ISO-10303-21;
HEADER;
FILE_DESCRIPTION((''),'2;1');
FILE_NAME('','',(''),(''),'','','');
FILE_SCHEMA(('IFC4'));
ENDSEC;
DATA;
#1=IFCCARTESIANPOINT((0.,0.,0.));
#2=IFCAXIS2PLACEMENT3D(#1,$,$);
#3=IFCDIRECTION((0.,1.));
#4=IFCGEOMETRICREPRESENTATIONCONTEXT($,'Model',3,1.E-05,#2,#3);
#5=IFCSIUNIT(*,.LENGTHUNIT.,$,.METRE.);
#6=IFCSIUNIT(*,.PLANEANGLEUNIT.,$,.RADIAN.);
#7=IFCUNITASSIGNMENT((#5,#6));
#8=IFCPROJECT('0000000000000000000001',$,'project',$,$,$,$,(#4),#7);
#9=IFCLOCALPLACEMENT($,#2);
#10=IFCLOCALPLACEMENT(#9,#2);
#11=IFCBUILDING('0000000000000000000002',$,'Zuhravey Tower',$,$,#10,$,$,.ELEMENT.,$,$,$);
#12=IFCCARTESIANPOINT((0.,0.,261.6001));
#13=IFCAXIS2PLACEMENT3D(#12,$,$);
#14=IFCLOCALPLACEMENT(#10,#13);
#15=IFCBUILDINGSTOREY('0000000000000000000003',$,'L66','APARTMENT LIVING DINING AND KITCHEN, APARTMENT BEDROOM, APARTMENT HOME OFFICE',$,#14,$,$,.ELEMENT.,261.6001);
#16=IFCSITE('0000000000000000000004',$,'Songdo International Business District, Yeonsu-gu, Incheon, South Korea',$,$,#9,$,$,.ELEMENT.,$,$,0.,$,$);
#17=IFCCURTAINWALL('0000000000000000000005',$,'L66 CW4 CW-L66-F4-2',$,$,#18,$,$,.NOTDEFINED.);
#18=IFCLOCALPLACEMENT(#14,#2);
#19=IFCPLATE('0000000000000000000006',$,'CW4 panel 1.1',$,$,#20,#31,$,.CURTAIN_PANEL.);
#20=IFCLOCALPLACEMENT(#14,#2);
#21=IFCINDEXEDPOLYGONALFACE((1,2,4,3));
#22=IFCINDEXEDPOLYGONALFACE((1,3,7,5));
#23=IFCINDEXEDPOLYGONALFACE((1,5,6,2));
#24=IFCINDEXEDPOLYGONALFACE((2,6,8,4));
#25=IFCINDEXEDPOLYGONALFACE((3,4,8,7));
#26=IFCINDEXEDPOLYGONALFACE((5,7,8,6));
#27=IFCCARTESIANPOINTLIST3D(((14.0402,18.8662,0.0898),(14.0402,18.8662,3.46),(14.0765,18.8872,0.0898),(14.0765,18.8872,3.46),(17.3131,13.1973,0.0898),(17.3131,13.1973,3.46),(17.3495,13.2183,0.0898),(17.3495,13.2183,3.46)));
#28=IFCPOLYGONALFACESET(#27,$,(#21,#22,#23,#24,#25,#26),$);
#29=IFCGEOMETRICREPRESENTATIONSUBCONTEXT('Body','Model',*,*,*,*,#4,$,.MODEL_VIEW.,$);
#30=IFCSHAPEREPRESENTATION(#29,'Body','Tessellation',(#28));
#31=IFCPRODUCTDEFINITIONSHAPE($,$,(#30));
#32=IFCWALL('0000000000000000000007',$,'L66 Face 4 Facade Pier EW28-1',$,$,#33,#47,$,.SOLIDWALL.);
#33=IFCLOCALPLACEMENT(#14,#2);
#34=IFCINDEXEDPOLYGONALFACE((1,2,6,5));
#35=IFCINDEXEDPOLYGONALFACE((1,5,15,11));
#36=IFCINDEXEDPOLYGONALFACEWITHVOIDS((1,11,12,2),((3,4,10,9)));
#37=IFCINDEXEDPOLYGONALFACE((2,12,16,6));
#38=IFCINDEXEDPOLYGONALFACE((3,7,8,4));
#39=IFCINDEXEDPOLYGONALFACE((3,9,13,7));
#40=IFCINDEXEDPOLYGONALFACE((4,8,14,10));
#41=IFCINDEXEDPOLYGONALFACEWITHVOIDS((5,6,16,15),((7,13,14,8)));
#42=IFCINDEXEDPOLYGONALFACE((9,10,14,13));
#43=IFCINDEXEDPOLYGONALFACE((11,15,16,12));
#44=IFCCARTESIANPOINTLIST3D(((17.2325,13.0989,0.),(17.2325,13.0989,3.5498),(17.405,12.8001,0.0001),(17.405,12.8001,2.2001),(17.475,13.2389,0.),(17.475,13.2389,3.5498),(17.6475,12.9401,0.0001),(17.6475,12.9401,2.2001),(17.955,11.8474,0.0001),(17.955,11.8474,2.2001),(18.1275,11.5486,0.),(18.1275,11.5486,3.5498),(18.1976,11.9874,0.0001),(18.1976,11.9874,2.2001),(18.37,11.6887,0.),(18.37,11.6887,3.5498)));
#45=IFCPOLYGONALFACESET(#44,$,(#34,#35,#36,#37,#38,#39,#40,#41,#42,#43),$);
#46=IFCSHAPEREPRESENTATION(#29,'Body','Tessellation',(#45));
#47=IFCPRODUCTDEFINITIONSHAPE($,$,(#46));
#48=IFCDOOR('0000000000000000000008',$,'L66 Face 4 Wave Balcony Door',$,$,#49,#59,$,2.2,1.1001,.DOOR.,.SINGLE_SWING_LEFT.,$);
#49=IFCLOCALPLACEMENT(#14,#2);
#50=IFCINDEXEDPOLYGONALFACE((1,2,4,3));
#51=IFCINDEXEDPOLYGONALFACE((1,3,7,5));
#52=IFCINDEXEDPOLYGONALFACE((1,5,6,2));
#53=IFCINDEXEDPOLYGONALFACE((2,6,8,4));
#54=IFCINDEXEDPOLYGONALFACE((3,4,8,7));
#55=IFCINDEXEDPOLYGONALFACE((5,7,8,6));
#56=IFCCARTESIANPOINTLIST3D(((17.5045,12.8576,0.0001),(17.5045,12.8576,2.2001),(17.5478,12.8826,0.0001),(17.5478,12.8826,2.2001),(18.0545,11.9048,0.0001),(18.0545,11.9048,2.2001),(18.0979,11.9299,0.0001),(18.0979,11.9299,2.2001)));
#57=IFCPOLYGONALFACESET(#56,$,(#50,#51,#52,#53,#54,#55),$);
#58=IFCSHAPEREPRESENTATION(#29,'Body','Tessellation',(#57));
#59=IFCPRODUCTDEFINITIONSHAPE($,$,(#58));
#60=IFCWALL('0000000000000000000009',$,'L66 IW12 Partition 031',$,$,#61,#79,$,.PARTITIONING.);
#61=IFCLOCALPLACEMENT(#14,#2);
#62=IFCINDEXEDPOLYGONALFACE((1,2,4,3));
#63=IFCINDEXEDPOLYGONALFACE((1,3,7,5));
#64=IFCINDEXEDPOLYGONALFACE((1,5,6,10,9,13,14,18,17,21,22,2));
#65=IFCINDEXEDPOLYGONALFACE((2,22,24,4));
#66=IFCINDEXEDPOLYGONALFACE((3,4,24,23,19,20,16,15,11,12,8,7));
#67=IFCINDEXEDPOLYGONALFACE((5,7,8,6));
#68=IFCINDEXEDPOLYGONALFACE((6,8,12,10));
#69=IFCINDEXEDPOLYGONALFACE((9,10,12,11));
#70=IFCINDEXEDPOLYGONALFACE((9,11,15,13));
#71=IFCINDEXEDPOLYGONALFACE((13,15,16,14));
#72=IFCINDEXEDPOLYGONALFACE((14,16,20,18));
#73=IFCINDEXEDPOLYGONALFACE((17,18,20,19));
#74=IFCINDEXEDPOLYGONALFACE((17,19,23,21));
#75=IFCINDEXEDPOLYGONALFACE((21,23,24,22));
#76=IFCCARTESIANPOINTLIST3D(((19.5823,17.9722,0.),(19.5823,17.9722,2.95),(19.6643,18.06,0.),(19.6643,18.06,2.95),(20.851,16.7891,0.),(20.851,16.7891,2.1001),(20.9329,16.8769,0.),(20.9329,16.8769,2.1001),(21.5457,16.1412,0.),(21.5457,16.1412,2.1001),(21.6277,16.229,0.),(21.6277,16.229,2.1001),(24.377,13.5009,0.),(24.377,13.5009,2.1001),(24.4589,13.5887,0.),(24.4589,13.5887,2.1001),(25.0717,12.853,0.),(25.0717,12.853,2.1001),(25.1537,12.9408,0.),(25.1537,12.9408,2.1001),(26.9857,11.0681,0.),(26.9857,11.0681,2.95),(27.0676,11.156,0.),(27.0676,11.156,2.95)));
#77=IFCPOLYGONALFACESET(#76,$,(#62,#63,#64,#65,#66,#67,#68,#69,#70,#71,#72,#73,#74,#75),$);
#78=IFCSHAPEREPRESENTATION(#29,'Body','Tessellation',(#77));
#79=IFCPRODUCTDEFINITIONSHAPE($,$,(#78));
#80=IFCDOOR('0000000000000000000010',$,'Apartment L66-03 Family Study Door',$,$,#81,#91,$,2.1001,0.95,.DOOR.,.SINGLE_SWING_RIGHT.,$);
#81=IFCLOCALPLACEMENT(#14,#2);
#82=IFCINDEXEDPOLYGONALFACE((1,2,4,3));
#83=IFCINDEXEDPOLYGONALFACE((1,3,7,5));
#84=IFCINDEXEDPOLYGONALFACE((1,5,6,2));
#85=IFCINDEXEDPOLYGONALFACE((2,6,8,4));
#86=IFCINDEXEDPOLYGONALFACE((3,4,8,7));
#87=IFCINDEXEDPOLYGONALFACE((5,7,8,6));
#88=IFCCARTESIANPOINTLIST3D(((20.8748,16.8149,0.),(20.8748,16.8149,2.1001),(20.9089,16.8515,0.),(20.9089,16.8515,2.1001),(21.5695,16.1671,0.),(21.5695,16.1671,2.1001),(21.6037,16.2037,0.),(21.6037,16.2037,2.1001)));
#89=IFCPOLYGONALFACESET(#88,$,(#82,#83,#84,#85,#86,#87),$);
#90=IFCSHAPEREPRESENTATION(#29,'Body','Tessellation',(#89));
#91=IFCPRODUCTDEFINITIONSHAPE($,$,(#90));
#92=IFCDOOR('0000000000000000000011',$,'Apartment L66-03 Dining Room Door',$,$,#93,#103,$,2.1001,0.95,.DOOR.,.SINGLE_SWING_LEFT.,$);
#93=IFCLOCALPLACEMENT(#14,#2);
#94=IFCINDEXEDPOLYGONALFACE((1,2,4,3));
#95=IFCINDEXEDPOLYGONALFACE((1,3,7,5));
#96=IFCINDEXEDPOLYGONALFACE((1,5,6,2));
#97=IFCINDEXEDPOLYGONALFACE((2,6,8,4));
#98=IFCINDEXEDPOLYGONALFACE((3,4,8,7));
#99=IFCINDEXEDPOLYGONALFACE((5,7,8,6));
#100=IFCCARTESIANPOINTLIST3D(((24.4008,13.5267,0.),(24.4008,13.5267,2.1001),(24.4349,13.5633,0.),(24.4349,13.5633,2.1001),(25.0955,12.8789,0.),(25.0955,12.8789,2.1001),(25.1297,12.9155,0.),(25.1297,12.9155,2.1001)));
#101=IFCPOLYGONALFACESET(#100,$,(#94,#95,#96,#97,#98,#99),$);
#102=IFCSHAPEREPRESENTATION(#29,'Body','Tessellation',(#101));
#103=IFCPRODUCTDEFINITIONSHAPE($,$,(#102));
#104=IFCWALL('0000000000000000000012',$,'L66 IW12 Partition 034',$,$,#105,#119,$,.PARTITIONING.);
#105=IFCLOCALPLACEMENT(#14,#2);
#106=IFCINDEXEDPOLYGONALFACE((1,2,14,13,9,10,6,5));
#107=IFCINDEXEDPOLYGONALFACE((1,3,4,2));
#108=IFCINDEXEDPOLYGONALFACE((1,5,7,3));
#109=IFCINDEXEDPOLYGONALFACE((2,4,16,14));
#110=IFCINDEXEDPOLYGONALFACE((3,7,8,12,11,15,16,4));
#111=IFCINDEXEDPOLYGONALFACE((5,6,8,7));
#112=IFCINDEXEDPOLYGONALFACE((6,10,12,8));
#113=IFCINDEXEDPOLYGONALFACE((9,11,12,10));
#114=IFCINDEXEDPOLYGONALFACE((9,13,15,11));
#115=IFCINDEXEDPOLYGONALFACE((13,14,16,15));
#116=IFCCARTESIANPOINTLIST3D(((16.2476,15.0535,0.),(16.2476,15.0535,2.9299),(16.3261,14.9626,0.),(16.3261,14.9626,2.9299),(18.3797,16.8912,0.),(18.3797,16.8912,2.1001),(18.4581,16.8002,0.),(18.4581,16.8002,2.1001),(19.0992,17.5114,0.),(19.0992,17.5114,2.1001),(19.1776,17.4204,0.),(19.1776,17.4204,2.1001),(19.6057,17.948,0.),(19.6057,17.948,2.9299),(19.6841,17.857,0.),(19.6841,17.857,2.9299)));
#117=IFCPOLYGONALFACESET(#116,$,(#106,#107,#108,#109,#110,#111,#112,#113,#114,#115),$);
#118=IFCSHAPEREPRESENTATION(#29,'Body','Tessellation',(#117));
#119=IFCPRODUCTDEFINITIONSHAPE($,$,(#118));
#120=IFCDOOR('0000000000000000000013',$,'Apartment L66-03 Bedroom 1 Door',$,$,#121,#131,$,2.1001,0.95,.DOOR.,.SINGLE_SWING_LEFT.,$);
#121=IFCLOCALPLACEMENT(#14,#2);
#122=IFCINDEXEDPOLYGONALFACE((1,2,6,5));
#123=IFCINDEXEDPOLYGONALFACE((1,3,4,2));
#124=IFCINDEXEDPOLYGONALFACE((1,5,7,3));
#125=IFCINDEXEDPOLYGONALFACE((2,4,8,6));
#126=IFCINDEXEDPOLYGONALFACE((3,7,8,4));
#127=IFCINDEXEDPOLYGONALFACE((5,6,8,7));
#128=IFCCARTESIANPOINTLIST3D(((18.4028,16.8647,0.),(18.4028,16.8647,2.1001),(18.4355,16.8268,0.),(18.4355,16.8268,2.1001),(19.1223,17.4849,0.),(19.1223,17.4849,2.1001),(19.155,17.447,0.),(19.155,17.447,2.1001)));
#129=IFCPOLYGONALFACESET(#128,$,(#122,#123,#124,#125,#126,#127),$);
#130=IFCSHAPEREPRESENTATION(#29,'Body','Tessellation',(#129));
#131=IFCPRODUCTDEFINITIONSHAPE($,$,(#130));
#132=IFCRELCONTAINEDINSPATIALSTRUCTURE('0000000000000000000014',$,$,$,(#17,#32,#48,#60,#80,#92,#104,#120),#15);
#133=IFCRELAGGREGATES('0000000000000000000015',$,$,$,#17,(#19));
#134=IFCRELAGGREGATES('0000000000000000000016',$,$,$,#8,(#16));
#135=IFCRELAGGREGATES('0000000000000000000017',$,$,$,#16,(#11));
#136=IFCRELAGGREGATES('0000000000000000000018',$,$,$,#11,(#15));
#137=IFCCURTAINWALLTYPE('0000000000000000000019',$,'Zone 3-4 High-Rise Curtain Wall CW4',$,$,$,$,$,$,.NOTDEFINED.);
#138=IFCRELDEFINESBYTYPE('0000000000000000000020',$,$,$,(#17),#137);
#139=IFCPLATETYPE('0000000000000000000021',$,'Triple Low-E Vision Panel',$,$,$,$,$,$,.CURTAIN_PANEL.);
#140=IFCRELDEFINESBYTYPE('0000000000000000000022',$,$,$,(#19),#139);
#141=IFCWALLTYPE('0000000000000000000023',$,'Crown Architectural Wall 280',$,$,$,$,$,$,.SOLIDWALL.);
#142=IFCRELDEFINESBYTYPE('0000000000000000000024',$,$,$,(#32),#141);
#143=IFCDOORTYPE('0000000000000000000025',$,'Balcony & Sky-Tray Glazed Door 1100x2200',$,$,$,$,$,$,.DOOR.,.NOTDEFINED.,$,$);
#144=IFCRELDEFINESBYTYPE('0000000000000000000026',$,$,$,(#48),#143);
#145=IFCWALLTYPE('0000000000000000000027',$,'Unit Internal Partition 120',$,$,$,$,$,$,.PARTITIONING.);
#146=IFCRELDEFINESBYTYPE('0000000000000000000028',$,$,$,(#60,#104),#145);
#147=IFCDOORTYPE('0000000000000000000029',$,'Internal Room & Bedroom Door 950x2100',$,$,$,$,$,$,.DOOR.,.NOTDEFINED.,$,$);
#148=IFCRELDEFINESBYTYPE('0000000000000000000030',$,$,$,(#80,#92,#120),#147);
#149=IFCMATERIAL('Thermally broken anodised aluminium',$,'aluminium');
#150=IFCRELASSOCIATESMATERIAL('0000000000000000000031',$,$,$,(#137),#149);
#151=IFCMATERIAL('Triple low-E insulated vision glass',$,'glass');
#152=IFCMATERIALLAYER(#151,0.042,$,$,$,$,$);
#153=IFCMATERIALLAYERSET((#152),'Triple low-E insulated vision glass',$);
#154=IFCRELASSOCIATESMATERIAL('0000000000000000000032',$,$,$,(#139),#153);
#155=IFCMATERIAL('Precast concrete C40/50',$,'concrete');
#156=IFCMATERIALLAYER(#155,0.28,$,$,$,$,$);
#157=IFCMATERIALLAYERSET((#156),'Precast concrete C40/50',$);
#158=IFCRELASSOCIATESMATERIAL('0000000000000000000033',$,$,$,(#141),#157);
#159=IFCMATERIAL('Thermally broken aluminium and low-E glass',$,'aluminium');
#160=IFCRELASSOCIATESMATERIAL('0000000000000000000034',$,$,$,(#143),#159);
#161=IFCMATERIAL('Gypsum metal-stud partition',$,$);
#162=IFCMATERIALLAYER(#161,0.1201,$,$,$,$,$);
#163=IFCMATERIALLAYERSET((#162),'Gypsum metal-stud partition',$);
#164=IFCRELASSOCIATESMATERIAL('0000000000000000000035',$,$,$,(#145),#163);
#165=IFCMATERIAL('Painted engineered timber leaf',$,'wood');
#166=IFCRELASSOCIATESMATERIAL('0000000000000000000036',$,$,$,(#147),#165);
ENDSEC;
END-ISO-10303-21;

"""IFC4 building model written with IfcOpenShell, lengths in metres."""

from ifc_helpers import new_model, si_unit, direction, frame, frame_2d, origin, origin_2d, place, context, subcontext, project, spatial, rectangle, extrude, material, layer, layer_set, type_object, element, fill, aggregate, save


model = new_model("IFC4")

# Units and contexts
model_context = context("Model", 3, precision=1e-05, world=origin(), true_north=direction((0.0, 1.0)))
body_context = subcontext(model_context, "Body", "Model", "MODEL_VIEW")
ifc_project = project(units=[si_unit("LENGTHUNIT", "METRE"), si_unit("PLANEANGLEUNIT", "RADIAN")], contexts=[model_context])

# Site, building, storey
site_placement = place(None, origin())
site = spatial("IfcSite", under=ifc_project, at=site_placement, Name="Songdo International Business District, Yeonsu-gu, Incheon, South Korea", CompositionType="ELEMENT", RefElevation=0.0)
building_placement = place(site_placement, origin())
building = spatial("IfcBuilding", under=site, at=building_placement, Name="Zuhravey Tower", CompositionType="ELEMENT")
storey_placement = place(building_placement, frame((0.0, 0.0, 261.6001)))
storey = spatial("IfcBuildingStorey", under=building, at=storey_placement, Name="L66", Description="APARTMENT LIVING DINING AND KITCHEN, APARTMENT BEDROOM, APARTMENT HOME OFFICE", CompositionType="ELEMENT", Elevation=261.6001)

# Shared definitions
ifc_material_1 = material(Name="Thermally broken anodised aluminium", Category="aluminium")
curtain_wall_type = type_object("IfcCurtainWallType", Name="Zone 3-4 High-Rise Curtain Wall CW4", PredefinedType="NOTDEFINED", material=ifc_material_1)

# Curtain wall
curtain_wall_1_placement = place(storey_placement, origin())
curtain_wall_1 = element("IfcCurtainWall", 1, at=curtain_wall_1_placement, inside=storey, type_object=curtain_wall_type, Name="L66 CW4 CW-L66-F4-2", PredefinedType="NOTDEFINED")

# Plate
ifc_material_2 = material(Name="Triple low-E insulated vision glass", Category="glass")
ifc_layer_1 = layer(ifc_material_2, 0.042)
ifc_layer_set_1 = layer_set([ifc_layer_1], Name="Triple low-E insulated vision glass")
plate_type_1 = type_object("IfcPlateType", Name="Triple Low-E Vision Panel", PredefinedType="CURTAIN_PANEL", material=ifc_layer_set_1)
plate_1_placement = place(storey_placement, frame((15.6948, 16.0422, 0.0898), z_axis=(0.0, 0.0, 1.0), x_axis=(-0.499999, 0.866026, 0.0)))
plate_1 = element("IfcPlate", 2, at=plate_1_placement, type_object=plate_type_1, Name="CW4 panel 1.1", PredefinedType="CURTAIN_PANEL", context=body_context, shape_type="SweptSolid", body=[
    extrude(rectangle(XDim=6.5459, YDim=0.042, at=origin_2d()), origin(), (0.0, 0.0, 1.0), 3.3701),
])
aggregate(curtain_wall_1, [plate_1])

# Wall, opening, door
ifc_material_3 = material(Name="Precast concrete C40/50", Category="concrete")
ifc_layer_2 = layer(ifc_material_3, 0.28)
ifc_layer_set_2 = layer_set([ifc_layer_2], Name="Precast concrete C40/50")
wall_type_1 = type_object("IfcWallType", Name="Crown Architectural Wall 280", PredefinedType="SOLIDWALL", material=ifc_layer_set_2)
wall_1_placement = place(storey_placement, frame((18.2488, 11.6187, 0.0), z_axis=(0.0, 0.0, 1.0), x_axis=(-0.499982, 0.866036, 0.0)))
wall_1 = element("IfcWall", 3, at=wall_1_placement, inside=storey, type_object=wall_type_1, Name="L66 Face 4 Facade Pier EW28-1", PredefinedType="SOLIDWALL", context=body_context, shape_type="SweptSolid", body=[
    extrude(rectangle(XDim=1.79, YDim=0.28, at=frame_2d((0.895, 0.0))), origin(), (0.0, 0.0, 1.0), 3.5498),
])
opening_1_placement = place(wall_1_placement, frame((0.345, 0.0, 0.0)))
opening_1 = element("IfcOpeningElement", 4, at=opening_1_placement, cuts=wall_1, PredefinedType="OPENING", context=body_context, shape_type="SweptSolid", body=[
    extrude(rectangle(XDim=1.1001, YDim=2.2, at=frame_2d((0.55, 1.1001))), frame((0.0, 0.1521, 0.0), z_axis=(0.0, -1.0, 0.0), x_axis=(1.0, 0.0, 0.0)), (0.0, 0.0, 1.0), 0.304),
])
ifc_material_4 = material(Name="Thermally broken aluminium and low-E glass", Category="aluminium")
door_type_1 = type_object("IfcDoorType", Name="Balcony & Sky-Tray Glazed Door 1100x2200", OperationType="NOTDEFINED", PredefinedType="DOOR", material=ifc_material_4)
door_1_placement = place(opening_1_placement, frame((1.1001, 0.0, 0.0), z_axis=(0.0, 0.0, 1.0), x_axis=(-1.0, 0.0, 0.0)))
door_1 = element("IfcDoor", 5, at=door_1_placement, inside=storey, type_object=door_type_1, Name="L66 Face 4 Wave Balcony Door", OperationType="SINGLE_SWING_LEFT", OverallHeight=2.2, OverallWidth=1.1001, PredefinedType="DOOR", context=body_context, shape_type="SweptSolid", body=[
    extrude(rectangle(XDim=1.1001, YDim=2.2, at=frame_2d((0.55, 1.1001))), frame((0.0, 0.0249, 0.0), z_axis=(0.0, -1.0, 0.0), x_axis=(1.0, 0.0, 0.0)), (0.0, 0.0, 1.0), 0.05),
])
fill(opening_1, door_1)

# Wall, openings, doors
ifc_material_5 = material(Name="Gypsum metal-stud partition")
ifc_layer_3 = layer(ifc_material_5, 0.1201)
ifc_layer_set_3 = layer_set([ifc_layer_3], Name="Gypsum metal-stud partition")
wall_type_2 = type_object("IfcWallType", Name="Unit Internal Partition 120", PredefinedType="PARTITIONING", material=ifc_layer_set_3)
wall_2_placement = place(storey_placement, frame((19.6233, 18.0161, 0.0), z_axis=(0.0, 0.0, 1.0), x_axis=(0.731337, -0.682017, 0.0)))
wall_2 = element("IfcWall", 6, at=wall_2_placement, inside=storey, type_object=wall_type_2, Name="L66 IW12 Partition 031", PredefinedType="PARTITIONING", context=body_context, shape_type="SweptSolid", body=[
    extrude(rectangle(XDim=10.123, YDim=0.1201, at=frame_2d((5.0615, 0.0))), origin(), (0.0, 0.0, 1.0), 2.95),
])
opening_2_placement = place(wall_2_placement, frame((1.7346, 0.0, 0.0)))
opening_2 = element("IfcOpeningElement", 7, at=opening_2_placement, cuts=wall_2, PredefinedType="OPENING", context=body_context, shape_type="SweptSolid", body=[
    extrude(rectangle(XDim=0.95, YDim=2.1001, at=frame_2d((0.4751, 1.05))), frame((0.0, 0.072, 0.0), z_axis=(0.0, -1.0, 0.0), x_axis=(1.0, 0.0, 0.0)), (0.0, 0.0, 1.0), 0.144),
])
opening_3_placement = place(wall_2_placement, frame((6.5559, 0.0, 0.0)))
opening_3 = element("IfcOpeningElement", 8, at=opening_3_placement, cuts=wall_2, PredefinedType="OPENING", context=body_context, shape_type="SweptSolid", body=[
    extrude(rectangle(XDim=0.95, YDim=2.1001, at=frame_2d((0.4751, 1.05))), frame((0.0, 0.072, 0.0), z_axis=(0.0, -1.0, 0.0), x_axis=(1.0, 0.0, 0.0)), (0.0, 0.0, 1.0), 0.144),
])
ifc_material_6 = material(Name="Painted engineered timber leaf", Category="wood")
door_type_2 = type_object("IfcDoorType", Name="Internal Room & Bedroom Door 950x2100", OperationType="NOTDEFINED", PredefinedType="DOOR", material=ifc_material_6)
door_2_placement = place(opening_2_placement, frame((0.95, 0.0, 0.0), z_axis=(0.0, 0.0, 1.0), x_axis=(-1.0, 0.0, 0.0)))
door_2 = element("IfcDoor", 9, at=door_2_placement, inside=storey, type_object=door_type_2, Name="Apartment L66-03 Family Study Door", OperationType="SINGLE_SWING_RIGHT", OverallHeight=2.1001, OverallWidth=0.95, PredefinedType="DOOR", context=body_context, shape_type="SweptSolid", body=[
    extrude(rectangle(XDim=0.95, YDim=2.1001, at=frame_2d((0.4751, 1.05))), frame((0.0, 0.0249, 0.0), z_axis=(0.0, -1.0, 0.0), x_axis=(1.0, 0.0, 0.0)), (0.0, 0.0, 1.0), 0.05),
])
fill(opening_2, door_2)
door_3_placement = place(opening_3_placement, frame((0.95, 0.0, 0.0), z_axis=(0.0, 0.0, 1.0), x_axis=(-1.0, 0.0, 0.0)))
door_3 = element("IfcDoor", 10, at=door_3_placement, inside=storey, type_object=door_type_2, Name="Apartment L66-03 Dining Room Door", OperationType="SINGLE_SWING_LEFT", OverallHeight=2.1001, OverallWidth=0.95, PredefinedType="DOOR", context=body_context, shape_type="SweptSolid", body=[
    extrude(rectangle(XDim=0.95, YDim=2.1001, at=frame_2d((0.4751, 1.05))), frame((0.0, 0.0249, 0.0), z_axis=(0.0, -1.0, 0.0), x_axis=(1.0, 0.0, 0.0)), (0.0, 0.0, 1.0), 0.05),
])
fill(opening_3, door_3)

# Wall, opening, door
wall_3_placement = place(storey_placement, frame((19.645, 17.9026, 0.0), z_axis=(0.0, 0.0, 1.0), x_axis=(-0.757458, -0.652884, 0.0)))
wall_3 = element("IfcWall", 11, at=wall_3_placement, inside=storey, type_object=wall_type_2, Name="L66 IW12 Partition 034", PredefinedType="PARTITIONING", context=body_context, shape_type="SweptSolid", body=[
    extrude(rectangle(XDim=4.4333, YDim=0.1201, at=frame_2d((2.2168, 0.0))), origin(), (0.0, 0.0, 1.0), 2.9299),
])
opening_4_placement = place(wall_3_placement, frame((0.6687, 0.0, 0.0)))
opening_4 = element("IfcOpeningElement", 12, at=opening_4_placement, cuts=wall_3, PredefinedType="OPENING", context=body_context, shape_type="SweptSolid", body=[
    extrude(rectangle(XDim=0.95, YDim=2.1001, at=frame_2d((0.4751, 1.05))), frame((0.0, 0.072, 0.0), z_axis=(0.0, -1.0, 0.0), x_axis=(1.0, 0.0, 0.0)), (0.0, 0.0, 1.0), 0.144),
])
door_4_placement = place(opening_4_placement, frame((0.95, 0.0, 0.0), z_axis=(0.0, 0.0, 1.0), x_axis=(-1.0, 0.0, 0.0)))
door_4 = element("IfcDoor", 13, at=door_4_placement, inside=storey, type_object=door_type_2, Name="Apartment L66-03 Bedroom 1 Door", OperationType="SINGLE_SWING_LEFT", OverallHeight=2.1001, OverallWidth=0.95, PredefinedType="DOOR", context=body_context, shape_type="SweptSolid", body=[
    extrude(rectangle(XDim=0.95, YDim=2.1001, at=frame_2d((0.4751, 1.05))), frame((0.0, 0.0249, 0.0), z_axis=(0.0, -1.0, 0.0), x_axis=(1.0, 0.0, 0.0)), (0.0, 0.0, 1.0), 0.05),
])
fill(opening_4, door_4)

save(model, "model.ifc")
